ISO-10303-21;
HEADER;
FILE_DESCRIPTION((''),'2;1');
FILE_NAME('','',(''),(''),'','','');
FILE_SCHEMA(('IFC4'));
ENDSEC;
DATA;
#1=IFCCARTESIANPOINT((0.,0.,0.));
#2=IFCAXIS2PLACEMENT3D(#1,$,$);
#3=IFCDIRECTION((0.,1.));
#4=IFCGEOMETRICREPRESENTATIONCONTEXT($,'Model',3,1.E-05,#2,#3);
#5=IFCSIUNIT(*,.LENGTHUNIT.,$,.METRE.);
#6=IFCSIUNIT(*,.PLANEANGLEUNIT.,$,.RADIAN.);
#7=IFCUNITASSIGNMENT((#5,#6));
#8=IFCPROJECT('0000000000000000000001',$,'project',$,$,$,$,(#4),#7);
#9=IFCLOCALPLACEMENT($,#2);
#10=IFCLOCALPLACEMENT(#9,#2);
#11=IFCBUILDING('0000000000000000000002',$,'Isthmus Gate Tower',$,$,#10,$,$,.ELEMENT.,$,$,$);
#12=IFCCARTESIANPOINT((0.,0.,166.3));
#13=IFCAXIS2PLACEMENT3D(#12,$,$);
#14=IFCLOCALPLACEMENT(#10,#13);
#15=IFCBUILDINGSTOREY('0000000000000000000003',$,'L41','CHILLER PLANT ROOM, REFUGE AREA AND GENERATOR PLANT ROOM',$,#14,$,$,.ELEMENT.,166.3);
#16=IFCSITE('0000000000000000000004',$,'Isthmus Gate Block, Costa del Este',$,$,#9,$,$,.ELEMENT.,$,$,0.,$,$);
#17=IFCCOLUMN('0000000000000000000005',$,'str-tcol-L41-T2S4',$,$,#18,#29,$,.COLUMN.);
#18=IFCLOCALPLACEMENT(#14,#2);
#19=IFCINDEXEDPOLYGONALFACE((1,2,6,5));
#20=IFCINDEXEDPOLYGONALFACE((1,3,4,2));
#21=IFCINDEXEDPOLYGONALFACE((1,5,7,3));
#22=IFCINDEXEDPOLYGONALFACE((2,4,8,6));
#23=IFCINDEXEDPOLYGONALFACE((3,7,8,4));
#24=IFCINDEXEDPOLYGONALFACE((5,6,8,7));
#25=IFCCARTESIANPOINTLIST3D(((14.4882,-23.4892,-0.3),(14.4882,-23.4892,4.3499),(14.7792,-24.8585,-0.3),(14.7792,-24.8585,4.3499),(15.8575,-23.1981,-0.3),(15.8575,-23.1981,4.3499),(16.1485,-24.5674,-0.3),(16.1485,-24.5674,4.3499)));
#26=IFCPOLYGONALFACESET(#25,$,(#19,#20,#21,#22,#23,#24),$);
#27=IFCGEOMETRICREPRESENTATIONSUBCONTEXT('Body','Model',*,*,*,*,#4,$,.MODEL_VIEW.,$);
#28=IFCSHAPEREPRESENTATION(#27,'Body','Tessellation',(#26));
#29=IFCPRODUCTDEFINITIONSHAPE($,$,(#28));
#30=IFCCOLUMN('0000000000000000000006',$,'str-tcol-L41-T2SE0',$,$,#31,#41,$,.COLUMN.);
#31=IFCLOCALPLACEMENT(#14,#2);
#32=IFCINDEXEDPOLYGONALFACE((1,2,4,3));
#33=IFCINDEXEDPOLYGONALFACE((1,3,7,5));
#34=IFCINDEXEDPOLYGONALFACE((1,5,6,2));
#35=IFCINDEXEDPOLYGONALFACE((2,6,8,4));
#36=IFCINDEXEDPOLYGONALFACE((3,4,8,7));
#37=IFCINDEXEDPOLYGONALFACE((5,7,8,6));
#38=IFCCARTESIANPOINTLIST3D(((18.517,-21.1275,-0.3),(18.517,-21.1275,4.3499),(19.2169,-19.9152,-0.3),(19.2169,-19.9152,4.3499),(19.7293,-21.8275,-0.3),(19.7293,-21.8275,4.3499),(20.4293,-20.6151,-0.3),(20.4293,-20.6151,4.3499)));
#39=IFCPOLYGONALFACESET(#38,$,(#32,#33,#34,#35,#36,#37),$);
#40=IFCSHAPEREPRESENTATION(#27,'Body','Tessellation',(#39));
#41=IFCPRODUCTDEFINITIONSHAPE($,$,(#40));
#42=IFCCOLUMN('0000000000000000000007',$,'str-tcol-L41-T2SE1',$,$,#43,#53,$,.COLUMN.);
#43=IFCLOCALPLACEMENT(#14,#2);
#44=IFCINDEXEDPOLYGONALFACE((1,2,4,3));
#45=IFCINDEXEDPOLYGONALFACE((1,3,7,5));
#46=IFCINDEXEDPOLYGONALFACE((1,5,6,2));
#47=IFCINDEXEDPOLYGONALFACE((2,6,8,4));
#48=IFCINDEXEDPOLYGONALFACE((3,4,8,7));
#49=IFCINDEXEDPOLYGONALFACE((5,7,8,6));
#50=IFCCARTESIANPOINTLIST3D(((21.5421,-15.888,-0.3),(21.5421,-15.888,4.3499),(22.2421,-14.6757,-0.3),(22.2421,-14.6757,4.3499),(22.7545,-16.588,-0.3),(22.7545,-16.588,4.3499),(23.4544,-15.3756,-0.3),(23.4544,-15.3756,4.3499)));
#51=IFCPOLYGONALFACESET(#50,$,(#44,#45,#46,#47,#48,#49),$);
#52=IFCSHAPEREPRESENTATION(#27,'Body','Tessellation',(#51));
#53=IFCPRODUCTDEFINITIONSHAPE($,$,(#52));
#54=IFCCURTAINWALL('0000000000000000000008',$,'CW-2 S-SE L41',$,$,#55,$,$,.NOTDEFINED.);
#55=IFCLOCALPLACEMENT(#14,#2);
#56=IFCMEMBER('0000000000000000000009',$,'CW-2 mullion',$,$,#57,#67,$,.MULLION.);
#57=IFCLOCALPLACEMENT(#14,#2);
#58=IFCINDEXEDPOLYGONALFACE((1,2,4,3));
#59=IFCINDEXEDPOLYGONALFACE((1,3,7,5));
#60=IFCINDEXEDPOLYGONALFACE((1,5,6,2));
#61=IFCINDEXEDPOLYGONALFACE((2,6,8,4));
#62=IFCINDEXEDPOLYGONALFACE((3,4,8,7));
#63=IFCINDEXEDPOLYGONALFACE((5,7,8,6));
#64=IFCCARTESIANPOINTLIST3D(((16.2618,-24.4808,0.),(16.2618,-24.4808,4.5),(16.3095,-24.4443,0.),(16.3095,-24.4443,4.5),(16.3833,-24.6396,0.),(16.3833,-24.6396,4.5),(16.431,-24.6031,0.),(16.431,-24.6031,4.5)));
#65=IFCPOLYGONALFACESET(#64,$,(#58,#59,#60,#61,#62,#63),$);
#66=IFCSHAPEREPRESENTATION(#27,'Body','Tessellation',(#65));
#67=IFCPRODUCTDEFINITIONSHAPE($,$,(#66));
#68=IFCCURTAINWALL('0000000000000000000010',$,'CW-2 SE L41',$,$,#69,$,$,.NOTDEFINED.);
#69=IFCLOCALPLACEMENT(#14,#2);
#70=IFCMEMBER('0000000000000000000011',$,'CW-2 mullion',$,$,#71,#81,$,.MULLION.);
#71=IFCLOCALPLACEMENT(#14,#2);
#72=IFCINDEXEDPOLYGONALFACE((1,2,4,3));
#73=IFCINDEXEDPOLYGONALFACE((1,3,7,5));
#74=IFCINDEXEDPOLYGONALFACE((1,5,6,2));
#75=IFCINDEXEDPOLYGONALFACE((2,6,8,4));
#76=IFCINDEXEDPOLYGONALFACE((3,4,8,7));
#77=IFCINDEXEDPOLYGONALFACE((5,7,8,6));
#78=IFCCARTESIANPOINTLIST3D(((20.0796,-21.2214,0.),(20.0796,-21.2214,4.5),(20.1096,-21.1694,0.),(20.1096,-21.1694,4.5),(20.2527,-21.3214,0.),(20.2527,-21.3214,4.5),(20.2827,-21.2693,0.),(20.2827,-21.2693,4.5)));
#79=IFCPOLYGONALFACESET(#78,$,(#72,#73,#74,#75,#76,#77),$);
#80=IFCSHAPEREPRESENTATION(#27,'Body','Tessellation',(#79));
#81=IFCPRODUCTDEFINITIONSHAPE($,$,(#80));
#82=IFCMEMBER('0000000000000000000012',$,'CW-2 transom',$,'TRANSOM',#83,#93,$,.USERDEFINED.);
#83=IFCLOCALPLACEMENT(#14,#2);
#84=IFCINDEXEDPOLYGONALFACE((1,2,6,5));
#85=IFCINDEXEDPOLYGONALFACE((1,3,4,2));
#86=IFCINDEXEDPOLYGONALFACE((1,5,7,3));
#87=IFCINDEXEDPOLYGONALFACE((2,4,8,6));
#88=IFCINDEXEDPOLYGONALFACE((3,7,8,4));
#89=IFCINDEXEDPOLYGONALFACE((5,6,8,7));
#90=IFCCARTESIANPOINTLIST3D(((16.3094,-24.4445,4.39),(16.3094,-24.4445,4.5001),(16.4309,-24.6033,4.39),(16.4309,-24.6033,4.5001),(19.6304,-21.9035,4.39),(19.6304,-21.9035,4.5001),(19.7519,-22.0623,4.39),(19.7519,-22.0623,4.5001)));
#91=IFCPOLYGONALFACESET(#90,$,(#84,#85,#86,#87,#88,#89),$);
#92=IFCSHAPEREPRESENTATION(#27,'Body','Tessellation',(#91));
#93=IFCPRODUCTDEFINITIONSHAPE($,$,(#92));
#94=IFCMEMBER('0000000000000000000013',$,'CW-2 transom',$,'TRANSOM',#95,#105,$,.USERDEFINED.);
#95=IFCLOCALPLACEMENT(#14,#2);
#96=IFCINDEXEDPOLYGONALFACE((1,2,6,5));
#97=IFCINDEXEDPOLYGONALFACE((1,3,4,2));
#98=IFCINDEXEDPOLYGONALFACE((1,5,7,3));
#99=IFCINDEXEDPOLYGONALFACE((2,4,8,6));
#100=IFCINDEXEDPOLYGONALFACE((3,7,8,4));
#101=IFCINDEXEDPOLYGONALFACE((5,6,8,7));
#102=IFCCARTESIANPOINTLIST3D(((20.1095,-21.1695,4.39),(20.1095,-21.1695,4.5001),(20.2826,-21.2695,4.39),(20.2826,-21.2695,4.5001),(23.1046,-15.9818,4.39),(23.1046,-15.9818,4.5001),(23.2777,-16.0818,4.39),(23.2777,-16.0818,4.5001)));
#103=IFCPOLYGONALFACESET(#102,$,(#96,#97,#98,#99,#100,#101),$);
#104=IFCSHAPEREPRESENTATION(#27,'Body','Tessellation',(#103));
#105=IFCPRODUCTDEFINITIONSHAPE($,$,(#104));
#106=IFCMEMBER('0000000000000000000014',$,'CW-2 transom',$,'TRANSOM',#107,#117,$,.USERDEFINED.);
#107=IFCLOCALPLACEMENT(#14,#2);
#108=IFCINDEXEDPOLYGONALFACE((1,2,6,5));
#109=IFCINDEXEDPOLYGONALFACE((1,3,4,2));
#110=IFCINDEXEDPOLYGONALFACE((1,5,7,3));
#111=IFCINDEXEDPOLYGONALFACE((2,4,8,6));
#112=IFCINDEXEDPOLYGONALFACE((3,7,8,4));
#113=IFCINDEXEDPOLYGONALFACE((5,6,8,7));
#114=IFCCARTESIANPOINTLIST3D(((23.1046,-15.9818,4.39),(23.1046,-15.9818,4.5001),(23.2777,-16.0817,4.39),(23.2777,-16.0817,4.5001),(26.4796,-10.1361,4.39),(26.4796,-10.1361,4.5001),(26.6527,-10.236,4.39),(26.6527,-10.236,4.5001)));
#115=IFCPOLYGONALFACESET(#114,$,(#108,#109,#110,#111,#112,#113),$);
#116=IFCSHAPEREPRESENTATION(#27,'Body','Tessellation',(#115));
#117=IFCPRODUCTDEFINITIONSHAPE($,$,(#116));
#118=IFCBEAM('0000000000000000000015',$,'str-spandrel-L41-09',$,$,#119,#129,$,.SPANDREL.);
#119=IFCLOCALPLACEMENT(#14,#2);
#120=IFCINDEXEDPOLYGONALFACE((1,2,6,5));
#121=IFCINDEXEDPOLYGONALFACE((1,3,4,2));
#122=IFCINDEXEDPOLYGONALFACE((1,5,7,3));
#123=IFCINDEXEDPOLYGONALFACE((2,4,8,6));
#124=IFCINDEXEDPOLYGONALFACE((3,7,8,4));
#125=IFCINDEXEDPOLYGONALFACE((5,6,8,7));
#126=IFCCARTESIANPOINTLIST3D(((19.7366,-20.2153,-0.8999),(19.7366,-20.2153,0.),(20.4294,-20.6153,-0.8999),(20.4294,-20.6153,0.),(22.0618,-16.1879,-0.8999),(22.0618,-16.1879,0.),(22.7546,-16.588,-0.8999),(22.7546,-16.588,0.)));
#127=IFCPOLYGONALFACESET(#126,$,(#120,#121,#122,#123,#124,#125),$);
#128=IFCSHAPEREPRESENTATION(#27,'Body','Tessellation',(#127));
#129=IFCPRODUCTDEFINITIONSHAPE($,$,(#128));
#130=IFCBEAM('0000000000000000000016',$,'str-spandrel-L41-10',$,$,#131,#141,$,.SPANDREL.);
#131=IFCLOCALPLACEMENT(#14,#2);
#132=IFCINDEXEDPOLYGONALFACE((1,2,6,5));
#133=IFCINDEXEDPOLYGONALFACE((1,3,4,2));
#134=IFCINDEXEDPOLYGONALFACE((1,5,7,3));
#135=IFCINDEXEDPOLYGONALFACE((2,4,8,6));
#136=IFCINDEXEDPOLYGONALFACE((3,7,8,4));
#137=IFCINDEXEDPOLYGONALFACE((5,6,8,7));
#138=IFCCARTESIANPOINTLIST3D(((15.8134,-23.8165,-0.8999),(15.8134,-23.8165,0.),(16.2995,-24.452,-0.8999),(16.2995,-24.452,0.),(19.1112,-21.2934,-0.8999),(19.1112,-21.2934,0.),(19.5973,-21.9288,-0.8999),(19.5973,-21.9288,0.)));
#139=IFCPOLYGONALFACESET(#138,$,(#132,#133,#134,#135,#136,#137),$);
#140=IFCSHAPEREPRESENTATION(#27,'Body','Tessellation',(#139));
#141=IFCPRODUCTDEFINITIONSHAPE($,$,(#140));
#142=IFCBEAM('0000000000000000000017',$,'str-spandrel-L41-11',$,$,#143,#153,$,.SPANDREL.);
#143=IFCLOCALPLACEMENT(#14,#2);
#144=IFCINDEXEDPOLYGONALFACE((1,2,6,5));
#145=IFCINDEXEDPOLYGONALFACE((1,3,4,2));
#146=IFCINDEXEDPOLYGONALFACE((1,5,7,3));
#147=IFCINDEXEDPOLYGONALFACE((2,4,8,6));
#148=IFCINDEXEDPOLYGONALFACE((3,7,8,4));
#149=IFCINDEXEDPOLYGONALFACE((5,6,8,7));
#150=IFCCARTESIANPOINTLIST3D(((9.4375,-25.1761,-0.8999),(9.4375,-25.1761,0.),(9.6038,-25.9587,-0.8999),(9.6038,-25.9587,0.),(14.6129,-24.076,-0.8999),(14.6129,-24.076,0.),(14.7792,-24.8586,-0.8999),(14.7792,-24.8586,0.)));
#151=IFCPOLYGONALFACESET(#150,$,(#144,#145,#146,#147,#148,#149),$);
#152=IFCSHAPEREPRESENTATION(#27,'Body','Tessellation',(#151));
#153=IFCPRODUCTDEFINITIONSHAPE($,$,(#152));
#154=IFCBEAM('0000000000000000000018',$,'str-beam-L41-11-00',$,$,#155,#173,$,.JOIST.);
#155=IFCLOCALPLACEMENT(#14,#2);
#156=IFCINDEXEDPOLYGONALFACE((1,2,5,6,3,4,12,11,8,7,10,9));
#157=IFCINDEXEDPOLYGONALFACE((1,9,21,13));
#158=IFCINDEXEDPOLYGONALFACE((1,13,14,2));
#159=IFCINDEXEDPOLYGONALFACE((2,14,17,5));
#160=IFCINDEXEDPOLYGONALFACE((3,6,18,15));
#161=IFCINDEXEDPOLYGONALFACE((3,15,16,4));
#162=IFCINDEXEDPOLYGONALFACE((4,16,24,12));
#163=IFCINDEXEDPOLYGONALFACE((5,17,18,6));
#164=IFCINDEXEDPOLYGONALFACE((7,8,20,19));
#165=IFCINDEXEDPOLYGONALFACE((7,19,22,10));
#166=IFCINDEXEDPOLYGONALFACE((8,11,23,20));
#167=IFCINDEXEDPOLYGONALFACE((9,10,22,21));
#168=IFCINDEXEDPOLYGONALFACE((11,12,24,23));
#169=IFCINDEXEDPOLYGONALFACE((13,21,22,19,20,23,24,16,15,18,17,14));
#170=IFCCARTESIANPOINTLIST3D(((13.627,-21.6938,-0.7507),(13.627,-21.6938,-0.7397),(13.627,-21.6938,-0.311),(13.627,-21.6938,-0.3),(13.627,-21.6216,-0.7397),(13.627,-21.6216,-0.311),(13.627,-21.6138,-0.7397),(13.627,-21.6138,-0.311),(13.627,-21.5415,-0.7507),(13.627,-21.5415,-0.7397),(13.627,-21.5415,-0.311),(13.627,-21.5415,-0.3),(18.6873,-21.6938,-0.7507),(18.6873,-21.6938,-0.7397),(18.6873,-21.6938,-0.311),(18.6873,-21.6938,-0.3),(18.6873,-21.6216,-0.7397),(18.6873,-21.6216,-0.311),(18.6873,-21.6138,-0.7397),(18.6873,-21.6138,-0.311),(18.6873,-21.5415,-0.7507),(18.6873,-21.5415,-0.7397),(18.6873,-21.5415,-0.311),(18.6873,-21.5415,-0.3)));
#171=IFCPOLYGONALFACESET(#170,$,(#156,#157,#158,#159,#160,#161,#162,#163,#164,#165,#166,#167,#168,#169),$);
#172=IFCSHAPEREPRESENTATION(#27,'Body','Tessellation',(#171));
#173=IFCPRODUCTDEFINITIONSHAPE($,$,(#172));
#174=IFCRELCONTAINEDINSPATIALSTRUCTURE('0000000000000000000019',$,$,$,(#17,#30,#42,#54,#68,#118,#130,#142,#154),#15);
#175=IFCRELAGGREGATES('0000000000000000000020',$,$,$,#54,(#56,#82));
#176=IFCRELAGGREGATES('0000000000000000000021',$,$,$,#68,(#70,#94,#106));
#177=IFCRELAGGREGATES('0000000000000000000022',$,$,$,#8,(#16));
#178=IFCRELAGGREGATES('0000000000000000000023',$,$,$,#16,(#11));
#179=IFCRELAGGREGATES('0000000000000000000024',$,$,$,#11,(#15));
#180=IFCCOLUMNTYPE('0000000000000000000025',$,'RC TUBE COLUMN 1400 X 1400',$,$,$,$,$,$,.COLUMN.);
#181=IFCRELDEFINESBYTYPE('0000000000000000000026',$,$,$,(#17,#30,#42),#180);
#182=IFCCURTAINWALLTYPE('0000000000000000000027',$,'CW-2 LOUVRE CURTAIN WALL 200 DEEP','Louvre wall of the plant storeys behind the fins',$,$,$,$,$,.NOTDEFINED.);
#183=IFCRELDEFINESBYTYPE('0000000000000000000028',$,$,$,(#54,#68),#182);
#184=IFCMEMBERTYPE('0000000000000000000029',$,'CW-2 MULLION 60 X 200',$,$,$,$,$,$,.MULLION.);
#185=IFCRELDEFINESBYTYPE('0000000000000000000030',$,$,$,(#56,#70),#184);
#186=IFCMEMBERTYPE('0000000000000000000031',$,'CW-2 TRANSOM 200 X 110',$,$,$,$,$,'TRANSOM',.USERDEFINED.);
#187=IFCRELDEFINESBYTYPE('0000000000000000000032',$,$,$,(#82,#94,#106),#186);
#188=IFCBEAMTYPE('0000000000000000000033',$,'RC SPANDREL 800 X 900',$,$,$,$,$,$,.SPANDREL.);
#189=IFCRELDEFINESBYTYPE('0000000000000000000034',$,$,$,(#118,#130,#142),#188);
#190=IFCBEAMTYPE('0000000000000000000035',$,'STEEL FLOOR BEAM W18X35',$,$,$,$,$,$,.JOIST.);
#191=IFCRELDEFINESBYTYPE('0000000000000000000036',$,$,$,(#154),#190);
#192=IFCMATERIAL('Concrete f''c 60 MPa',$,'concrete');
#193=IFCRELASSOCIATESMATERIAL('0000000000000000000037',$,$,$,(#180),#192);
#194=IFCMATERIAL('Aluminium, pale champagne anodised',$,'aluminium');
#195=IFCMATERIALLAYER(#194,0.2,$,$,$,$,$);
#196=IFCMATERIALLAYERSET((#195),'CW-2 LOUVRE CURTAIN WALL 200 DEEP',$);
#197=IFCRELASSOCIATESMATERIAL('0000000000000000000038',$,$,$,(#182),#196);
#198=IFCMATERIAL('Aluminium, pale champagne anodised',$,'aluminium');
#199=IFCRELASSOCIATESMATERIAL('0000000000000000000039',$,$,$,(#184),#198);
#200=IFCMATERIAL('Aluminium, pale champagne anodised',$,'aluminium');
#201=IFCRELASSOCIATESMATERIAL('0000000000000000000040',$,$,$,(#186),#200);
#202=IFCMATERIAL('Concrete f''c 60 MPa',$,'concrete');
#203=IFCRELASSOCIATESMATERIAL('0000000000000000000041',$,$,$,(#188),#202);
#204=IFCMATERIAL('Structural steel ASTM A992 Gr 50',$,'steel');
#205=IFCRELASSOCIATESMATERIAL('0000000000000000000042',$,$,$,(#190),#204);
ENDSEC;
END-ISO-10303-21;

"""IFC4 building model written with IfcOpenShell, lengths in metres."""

from ifc_helpers import new_model, si_unit, direction, frame, origin, origin_2d, place, context, subcontext, project, spatial, rectangle, i_section, extrude, material, layer, layer_set, material_profile, profile_set, type_object, element, aggregate, save


model = new_model("IFC4")

# Units and contexts
model_context = context("Model", 3, precision=1e-05, world=origin(), true_north=direction((0.0, 1.0)))
body_context = subcontext(model_context, "Body", "Model", "MODEL_VIEW")
ifc_project = project(units=[si_unit("LENGTHUNIT", "METRE"), si_unit("PLANEANGLEUNIT", "RADIAN")], contexts=[model_context])

# Site, building, storey
site_placement = place(None, origin())
site = spatial("IfcSite", under=ifc_project, at=site_placement, Name="Isthmus Gate Block, Costa del Este", CompositionType="ELEMENT", RefElevation=0.0)
building_placement = place(site_placement, origin())
building = spatial("IfcBuilding", under=site, at=building_placement, Name="Isthmus Gate Tower", CompositionType="ELEMENT")
storey_placement = place(building_placement, frame((0.0, 0.0, 166.3)))
storey = spatial("IfcBuildingStorey", under=building, at=storey_placement, Name="L41", Description="CHILLER PLANT ROOM, REFUGE AREA AND GENERATOR PLANT ROOM", CompositionType="ELEMENT", Elevation=166.3)

# Columns
ifc_material_1 = material(Name="Concrete f'c 60 MPa", Category="concrete")
ifc_material_profile_1 = material_profile(ifc_material_1, rectangle(XDim=1.3999, YDim=1.3999, at=origin_2d()), Name="RC 1400X1400")
ifc_profile_set_1 = profile_set([ifc_material_profile_1], Name="Concrete f'c 60 MPa")
column_type = type_object("IfcColumnType", Name="RC TUBE COLUMN 1400 X 1400", PredefinedType="COLUMN", material=ifc_profile_set_1)
for number, where, z_axis, x_axis, name in (
    (1, (15.3184, -24.0283, -0.3), (0.0, 0.0, 1.0), (0.978148, 0.207912, 0.0), "str-tcol-L41-T2S4"),
    (2, (19.4731, -20.8713, -0.3), (0.0, 0.0, 1.0), (0.5, 0.866025, 0.0), "str-tcol-L41-T2SE0"),
    (3, (22.4983, -15.6318, -0.3), (0.0, 0.0, 1.0), (0.5, 0.866025, 0.0), "str-tcol-L41-T2SE1"),
):
    element("IfcColumn", number, at=place(storey_placement, frame(where, z_axis=z_axis, x_axis=x_axis)), inside=storey, type_object=column_type, Name=name, PredefinedType="COLUMN", context=body_context, shape_type="SweptSolid", body=[
        extrude(rectangle(XDim=1.3999, YDim=1.3999, at=origin_2d()), origin(), (0.0, 0.0, 1.0), 4.6499),
    ])

# Curtain walls, members
ifc_material_2 = material(Name="Aluminium, pale champagne anodised", Category="aluminium")
ifc_layer_1 = layer(ifc_material_2, 0.2)
ifc_layer_set_1 = layer_set([ifc_layer_1], Name="CW-2 LOUVRE CURTAIN WALL 200 DEEP")
curtain_wall_type = type_object("IfcCurtainWallType", Name="CW-2 LOUVRE CURTAIN WALL 200 DEEP", Description="Louvre wall of the plant storeys behind the fins", PredefinedType="NOTDEFINED", material=ifc_layer_set_1)
curtain_wall_1_placement = place(storey_placement, origin())
curtain_wall_1 = element("IfcCurtainWall", 4, at=curtain_wall_1_placement, inside=storey, type_object=curtain_wall_type, Name="CW-2 S-SE L41", PredefinedType="NOTDEFINED")
ifc_material_3 = material(Name="Aluminium, pale champagne anodised", Category="aluminium")
ifc_material_profile_2 = material_profile(ifc_material_3, rectangle(XDim=0.0601, YDim=0.2, at=origin_2d()), Name="60x200")
ifc_profile_set_2 = profile_set([ifc_material_profile_2], Name="Aluminium, pale champagne anodised")
member_type_1 = type_object("IfcMemberType", Name="CW-2 MULLION 60 X 200", PredefinedType="MULLION", material=ifc_profile_set_2)
member_1_placement = place(storey_placement, frame((16.3464, -24.542, 0.0), z_axis=(0.0, 0.0, 1.0), x_axis=(0.794189, 0.607671, 0.0)))
member_1 = element("IfcMember", 5, at=member_1_placement, type_object=member_type_1, Name="CW-2 mullion", PredefinedType="MULLION", context=body_context, shape_type="SweptSolid", body=[
    extrude(rectangle(XDim=0.0601, YDim=0.2, at=origin_2d()), origin(), (0.0, 0.0, 1.0), 4.5),
])
curtain_wall_2_placement = place(storey_placement, origin())
curtain_wall_2 = element("IfcCurtainWall", 6, at=curtain_wall_2_placement, inside=storey, type_object=curtain_wall_type, Name="CW-2 SE L41", PredefinedType="NOTDEFINED")
member_2_placement = place(storey_placement, frame((20.1812, -21.2454, 0.0), z_axis=(0.0, 0.0, 1.0), x_axis=(0.5, 0.866025, 0.0)))
member_2 = element("IfcMember", 7, at=member_2_placement, type_object=member_type_1, Name="CW-2 mullion", PredefinedType="MULLION", context=body_context, shape_type="SweptSolid", body=[
    extrude(rectangle(XDim=0.0601, YDim=0.2, at=origin_2d()), origin(), (0.0, 0.0, 1.0), 4.5),
])

# Members
ifc_material_4 = material(Name="Aluminium, pale champagne anodised", Category="aluminium")
ifc_material_profile_3 = material_profile(ifc_material_4, rectangle(XDim=0.2, YDim=0.1101, at=origin_2d()), Name="200x110")
ifc_profile_set_3 = profile_set([ifc_material_profile_3], Name="Aluminium, pale champagne anodised")
member_type_2 = type_object("IfcMemberType", Name="CW-2 TRANSOM 200 X 110", ElementType="TRANSOM", PredefinedType="USERDEFINED", material=ifc_profile_set_3)
member_3_placement = place(storey_placement, frame((16.3701, -24.5239, 4.4451), z_axis=(0.794197, 0.60766, 0.0), x_axis=(-0.60766, 0.794197, 0.0)))
member_3 = element("IfcMember", 8, at=member_3_placement, type_object=member_type_2, Name="CW-2 transom", ObjectType="TRANSOM", PredefinedType="USERDEFINED", context=body_context, shape_type="SweptSolid", body=[
    extrude(rectangle(XDim=0.2, YDim=0.1101, at=origin_2d()), origin(), (0.0, 0.0, 1.0), 4.1816),
])
member_4_placement = place(storey_placement, frame((20.196, -21.2195, 4.4451), z_axis=(0.499996, 0.866027, 0.0), x_axis=(-0.866027, 0.499996, 0.0)))
member_4 = element("IfcMember", 9, at=member_4_placement, type_object=member_type_2, Name="CW-2 transom", ObjectType="TRANSOM", PredefinedType="USERDEFINED", context=body_context, shape_type="SweptSolid", body=[
    extrude(rectangle(XDim=0.2, YDim=0.1101, at=origin_2d()), origin(), (0.0, 0.0, 1.0), 5.9902),
])
member_5_placement = place(storey_placement, frame((23.1912, -16.0317, 4.4451), z_axis=(0.499998, 0.866027, 0.0), x_axis=(-0.866027, 0.499998, 0.0)))
member_5 = element("IfcMember", 10, at=member_5_placement, type_object=member_type_2, Name="CW-2 transom", ObjectType="TRANSOM", PredefinedType="USERDEFINED", context=body_context, shape_type="SweptSolid", body=[
    extrude(rectangle(XDim=0.2, YDim=0.1101, at=origin_2d()), origin(), (0.0, 0.0, 1.0), 6.75),
])

# Beams
ifc_material_5 = material(Name="Concrete f'c 60 MPa", Category="concrete")
ifc_material_profile_4 = material_profile(ifc_material_5, rectangle(XDim=0.8, YDim=0.8999, at=origin_2d()), Name="RC 800X900")
ifc_profile_set_4 = profile_set([ifc_material_profile_4], Name="Concrete f'c 60 MPa")
beam_type_1 = type_object("IfcBeamType", Name="RC SPANDREL 800 X 900", PredefinedType="SPANDREL", material=ifc_profile_set_4)
beam_1_placement = place(storey_placement, frame((22.4082, -16.3879, -0.45), z_axis=(-0.500001, -0.866025, 0.0), x_axis=(0.866025, -0.500001, 0.0)))
element("IfcBeam", 11, at=beam_1_placement, inside=storey, type_object=beam_type_1, Name="str-spandrel-L41-09", PredefinedType="SPANDREL", context=body_context, shape_type="SweptSolid", body=[
    extrude(rectangle(XDim=0.8, YDim=0.8999, at=origin_2d()), origin(), (0.0, 0.0, 1.0), 4.6504),
])
beam_2_placement = place(storey_placement, frame((19.3542, -21.6111, -0.45), z_axis=(-0.794206, -0.607649, 0.0), x_axis=(0.607649, -0.794206, 0.0)))
element("IfcBeam", 12, at=beam_2_placement, inside=storey, type_object=beam_type_1, Name="str-spandrel-L41-10", PredefinedType="SPANDREL", context=body_context, shape_type="SweptSolid", body=[
    extrude(rectangle(XDim=0.8, YDim=0.8999, at=origin_2d()), origin(), (0.0, 0.0, 1.0), 4.1523),
])
beam_3_placement = place(storey_placement, frame((14.696, -24.4673, -0.45), z_axis=(-0.978145, -0.207922, 0.0), x_axis=(0.207922, -0.978145, 0.0)))
element("IfcBeam", 13, at=beam_3_placement, inside=storey, type_object=beam_type_1, Name="str-spandrel-L41-11", PredefinedType="SPANDREL", context=body_context, shape_type="SweptSolid", body=[
    extrude(rectangle(XDim=0.8, YDim=0.8999, at=origin_2d()), origin(), (0.0, 0.0, 1.0), 5.291),
])
ifc_material_6 = material(Name="Structural steel ASTM A992 Gr 50", Category="steel")
ifc_material_profile_5 = material_profile(ifc_material_6, i_section(OverallWidth=0.1523, OverallDepth=0.4507, WebThickness=0.0078, FlangeThickness=0.011, at=origin_2d()), Name="W18X35")
ifc_profile_set_5 = profile_set([ifc_material_profile_5], Name="Structural steel ASTM A992 Gr 50")
beam_type_2 = type_object("IfcBeamType", Name="STEEL FLOOR BEAM W18X35", PredefinedType="JOIST", material=ifc_profile_set_5)
beam_4_placement = place(storey_placement, frame((13.627, -21.6177, -0.5254), z_axis=(1.0, 0.0, 0.0), x_axis=(0.0, 1.0, 0.0)))
element("IfcBeam", 14, at=beam_4_placement, inside=storey, type_object=beam_type_2, Name="str-beam-L41-11-00", PredefinedType="JOIST", context=body_context, shape_type="SweptSolid", body=[
    extrude(i_section(OverallWidth=0.1523, OverallDepth=0.4507, WebThickness=0.0078, FlangeThickness=0.011, at=origin_2d()), origin(), (0.0, 0.0, 1.0), 5.0603),
])

aggregate(curtain_wall_1, [member_1, member_3])
aggregate(curtain_wall_2, [member_2, member_4, member_5])

save(model, "model.ifc")
